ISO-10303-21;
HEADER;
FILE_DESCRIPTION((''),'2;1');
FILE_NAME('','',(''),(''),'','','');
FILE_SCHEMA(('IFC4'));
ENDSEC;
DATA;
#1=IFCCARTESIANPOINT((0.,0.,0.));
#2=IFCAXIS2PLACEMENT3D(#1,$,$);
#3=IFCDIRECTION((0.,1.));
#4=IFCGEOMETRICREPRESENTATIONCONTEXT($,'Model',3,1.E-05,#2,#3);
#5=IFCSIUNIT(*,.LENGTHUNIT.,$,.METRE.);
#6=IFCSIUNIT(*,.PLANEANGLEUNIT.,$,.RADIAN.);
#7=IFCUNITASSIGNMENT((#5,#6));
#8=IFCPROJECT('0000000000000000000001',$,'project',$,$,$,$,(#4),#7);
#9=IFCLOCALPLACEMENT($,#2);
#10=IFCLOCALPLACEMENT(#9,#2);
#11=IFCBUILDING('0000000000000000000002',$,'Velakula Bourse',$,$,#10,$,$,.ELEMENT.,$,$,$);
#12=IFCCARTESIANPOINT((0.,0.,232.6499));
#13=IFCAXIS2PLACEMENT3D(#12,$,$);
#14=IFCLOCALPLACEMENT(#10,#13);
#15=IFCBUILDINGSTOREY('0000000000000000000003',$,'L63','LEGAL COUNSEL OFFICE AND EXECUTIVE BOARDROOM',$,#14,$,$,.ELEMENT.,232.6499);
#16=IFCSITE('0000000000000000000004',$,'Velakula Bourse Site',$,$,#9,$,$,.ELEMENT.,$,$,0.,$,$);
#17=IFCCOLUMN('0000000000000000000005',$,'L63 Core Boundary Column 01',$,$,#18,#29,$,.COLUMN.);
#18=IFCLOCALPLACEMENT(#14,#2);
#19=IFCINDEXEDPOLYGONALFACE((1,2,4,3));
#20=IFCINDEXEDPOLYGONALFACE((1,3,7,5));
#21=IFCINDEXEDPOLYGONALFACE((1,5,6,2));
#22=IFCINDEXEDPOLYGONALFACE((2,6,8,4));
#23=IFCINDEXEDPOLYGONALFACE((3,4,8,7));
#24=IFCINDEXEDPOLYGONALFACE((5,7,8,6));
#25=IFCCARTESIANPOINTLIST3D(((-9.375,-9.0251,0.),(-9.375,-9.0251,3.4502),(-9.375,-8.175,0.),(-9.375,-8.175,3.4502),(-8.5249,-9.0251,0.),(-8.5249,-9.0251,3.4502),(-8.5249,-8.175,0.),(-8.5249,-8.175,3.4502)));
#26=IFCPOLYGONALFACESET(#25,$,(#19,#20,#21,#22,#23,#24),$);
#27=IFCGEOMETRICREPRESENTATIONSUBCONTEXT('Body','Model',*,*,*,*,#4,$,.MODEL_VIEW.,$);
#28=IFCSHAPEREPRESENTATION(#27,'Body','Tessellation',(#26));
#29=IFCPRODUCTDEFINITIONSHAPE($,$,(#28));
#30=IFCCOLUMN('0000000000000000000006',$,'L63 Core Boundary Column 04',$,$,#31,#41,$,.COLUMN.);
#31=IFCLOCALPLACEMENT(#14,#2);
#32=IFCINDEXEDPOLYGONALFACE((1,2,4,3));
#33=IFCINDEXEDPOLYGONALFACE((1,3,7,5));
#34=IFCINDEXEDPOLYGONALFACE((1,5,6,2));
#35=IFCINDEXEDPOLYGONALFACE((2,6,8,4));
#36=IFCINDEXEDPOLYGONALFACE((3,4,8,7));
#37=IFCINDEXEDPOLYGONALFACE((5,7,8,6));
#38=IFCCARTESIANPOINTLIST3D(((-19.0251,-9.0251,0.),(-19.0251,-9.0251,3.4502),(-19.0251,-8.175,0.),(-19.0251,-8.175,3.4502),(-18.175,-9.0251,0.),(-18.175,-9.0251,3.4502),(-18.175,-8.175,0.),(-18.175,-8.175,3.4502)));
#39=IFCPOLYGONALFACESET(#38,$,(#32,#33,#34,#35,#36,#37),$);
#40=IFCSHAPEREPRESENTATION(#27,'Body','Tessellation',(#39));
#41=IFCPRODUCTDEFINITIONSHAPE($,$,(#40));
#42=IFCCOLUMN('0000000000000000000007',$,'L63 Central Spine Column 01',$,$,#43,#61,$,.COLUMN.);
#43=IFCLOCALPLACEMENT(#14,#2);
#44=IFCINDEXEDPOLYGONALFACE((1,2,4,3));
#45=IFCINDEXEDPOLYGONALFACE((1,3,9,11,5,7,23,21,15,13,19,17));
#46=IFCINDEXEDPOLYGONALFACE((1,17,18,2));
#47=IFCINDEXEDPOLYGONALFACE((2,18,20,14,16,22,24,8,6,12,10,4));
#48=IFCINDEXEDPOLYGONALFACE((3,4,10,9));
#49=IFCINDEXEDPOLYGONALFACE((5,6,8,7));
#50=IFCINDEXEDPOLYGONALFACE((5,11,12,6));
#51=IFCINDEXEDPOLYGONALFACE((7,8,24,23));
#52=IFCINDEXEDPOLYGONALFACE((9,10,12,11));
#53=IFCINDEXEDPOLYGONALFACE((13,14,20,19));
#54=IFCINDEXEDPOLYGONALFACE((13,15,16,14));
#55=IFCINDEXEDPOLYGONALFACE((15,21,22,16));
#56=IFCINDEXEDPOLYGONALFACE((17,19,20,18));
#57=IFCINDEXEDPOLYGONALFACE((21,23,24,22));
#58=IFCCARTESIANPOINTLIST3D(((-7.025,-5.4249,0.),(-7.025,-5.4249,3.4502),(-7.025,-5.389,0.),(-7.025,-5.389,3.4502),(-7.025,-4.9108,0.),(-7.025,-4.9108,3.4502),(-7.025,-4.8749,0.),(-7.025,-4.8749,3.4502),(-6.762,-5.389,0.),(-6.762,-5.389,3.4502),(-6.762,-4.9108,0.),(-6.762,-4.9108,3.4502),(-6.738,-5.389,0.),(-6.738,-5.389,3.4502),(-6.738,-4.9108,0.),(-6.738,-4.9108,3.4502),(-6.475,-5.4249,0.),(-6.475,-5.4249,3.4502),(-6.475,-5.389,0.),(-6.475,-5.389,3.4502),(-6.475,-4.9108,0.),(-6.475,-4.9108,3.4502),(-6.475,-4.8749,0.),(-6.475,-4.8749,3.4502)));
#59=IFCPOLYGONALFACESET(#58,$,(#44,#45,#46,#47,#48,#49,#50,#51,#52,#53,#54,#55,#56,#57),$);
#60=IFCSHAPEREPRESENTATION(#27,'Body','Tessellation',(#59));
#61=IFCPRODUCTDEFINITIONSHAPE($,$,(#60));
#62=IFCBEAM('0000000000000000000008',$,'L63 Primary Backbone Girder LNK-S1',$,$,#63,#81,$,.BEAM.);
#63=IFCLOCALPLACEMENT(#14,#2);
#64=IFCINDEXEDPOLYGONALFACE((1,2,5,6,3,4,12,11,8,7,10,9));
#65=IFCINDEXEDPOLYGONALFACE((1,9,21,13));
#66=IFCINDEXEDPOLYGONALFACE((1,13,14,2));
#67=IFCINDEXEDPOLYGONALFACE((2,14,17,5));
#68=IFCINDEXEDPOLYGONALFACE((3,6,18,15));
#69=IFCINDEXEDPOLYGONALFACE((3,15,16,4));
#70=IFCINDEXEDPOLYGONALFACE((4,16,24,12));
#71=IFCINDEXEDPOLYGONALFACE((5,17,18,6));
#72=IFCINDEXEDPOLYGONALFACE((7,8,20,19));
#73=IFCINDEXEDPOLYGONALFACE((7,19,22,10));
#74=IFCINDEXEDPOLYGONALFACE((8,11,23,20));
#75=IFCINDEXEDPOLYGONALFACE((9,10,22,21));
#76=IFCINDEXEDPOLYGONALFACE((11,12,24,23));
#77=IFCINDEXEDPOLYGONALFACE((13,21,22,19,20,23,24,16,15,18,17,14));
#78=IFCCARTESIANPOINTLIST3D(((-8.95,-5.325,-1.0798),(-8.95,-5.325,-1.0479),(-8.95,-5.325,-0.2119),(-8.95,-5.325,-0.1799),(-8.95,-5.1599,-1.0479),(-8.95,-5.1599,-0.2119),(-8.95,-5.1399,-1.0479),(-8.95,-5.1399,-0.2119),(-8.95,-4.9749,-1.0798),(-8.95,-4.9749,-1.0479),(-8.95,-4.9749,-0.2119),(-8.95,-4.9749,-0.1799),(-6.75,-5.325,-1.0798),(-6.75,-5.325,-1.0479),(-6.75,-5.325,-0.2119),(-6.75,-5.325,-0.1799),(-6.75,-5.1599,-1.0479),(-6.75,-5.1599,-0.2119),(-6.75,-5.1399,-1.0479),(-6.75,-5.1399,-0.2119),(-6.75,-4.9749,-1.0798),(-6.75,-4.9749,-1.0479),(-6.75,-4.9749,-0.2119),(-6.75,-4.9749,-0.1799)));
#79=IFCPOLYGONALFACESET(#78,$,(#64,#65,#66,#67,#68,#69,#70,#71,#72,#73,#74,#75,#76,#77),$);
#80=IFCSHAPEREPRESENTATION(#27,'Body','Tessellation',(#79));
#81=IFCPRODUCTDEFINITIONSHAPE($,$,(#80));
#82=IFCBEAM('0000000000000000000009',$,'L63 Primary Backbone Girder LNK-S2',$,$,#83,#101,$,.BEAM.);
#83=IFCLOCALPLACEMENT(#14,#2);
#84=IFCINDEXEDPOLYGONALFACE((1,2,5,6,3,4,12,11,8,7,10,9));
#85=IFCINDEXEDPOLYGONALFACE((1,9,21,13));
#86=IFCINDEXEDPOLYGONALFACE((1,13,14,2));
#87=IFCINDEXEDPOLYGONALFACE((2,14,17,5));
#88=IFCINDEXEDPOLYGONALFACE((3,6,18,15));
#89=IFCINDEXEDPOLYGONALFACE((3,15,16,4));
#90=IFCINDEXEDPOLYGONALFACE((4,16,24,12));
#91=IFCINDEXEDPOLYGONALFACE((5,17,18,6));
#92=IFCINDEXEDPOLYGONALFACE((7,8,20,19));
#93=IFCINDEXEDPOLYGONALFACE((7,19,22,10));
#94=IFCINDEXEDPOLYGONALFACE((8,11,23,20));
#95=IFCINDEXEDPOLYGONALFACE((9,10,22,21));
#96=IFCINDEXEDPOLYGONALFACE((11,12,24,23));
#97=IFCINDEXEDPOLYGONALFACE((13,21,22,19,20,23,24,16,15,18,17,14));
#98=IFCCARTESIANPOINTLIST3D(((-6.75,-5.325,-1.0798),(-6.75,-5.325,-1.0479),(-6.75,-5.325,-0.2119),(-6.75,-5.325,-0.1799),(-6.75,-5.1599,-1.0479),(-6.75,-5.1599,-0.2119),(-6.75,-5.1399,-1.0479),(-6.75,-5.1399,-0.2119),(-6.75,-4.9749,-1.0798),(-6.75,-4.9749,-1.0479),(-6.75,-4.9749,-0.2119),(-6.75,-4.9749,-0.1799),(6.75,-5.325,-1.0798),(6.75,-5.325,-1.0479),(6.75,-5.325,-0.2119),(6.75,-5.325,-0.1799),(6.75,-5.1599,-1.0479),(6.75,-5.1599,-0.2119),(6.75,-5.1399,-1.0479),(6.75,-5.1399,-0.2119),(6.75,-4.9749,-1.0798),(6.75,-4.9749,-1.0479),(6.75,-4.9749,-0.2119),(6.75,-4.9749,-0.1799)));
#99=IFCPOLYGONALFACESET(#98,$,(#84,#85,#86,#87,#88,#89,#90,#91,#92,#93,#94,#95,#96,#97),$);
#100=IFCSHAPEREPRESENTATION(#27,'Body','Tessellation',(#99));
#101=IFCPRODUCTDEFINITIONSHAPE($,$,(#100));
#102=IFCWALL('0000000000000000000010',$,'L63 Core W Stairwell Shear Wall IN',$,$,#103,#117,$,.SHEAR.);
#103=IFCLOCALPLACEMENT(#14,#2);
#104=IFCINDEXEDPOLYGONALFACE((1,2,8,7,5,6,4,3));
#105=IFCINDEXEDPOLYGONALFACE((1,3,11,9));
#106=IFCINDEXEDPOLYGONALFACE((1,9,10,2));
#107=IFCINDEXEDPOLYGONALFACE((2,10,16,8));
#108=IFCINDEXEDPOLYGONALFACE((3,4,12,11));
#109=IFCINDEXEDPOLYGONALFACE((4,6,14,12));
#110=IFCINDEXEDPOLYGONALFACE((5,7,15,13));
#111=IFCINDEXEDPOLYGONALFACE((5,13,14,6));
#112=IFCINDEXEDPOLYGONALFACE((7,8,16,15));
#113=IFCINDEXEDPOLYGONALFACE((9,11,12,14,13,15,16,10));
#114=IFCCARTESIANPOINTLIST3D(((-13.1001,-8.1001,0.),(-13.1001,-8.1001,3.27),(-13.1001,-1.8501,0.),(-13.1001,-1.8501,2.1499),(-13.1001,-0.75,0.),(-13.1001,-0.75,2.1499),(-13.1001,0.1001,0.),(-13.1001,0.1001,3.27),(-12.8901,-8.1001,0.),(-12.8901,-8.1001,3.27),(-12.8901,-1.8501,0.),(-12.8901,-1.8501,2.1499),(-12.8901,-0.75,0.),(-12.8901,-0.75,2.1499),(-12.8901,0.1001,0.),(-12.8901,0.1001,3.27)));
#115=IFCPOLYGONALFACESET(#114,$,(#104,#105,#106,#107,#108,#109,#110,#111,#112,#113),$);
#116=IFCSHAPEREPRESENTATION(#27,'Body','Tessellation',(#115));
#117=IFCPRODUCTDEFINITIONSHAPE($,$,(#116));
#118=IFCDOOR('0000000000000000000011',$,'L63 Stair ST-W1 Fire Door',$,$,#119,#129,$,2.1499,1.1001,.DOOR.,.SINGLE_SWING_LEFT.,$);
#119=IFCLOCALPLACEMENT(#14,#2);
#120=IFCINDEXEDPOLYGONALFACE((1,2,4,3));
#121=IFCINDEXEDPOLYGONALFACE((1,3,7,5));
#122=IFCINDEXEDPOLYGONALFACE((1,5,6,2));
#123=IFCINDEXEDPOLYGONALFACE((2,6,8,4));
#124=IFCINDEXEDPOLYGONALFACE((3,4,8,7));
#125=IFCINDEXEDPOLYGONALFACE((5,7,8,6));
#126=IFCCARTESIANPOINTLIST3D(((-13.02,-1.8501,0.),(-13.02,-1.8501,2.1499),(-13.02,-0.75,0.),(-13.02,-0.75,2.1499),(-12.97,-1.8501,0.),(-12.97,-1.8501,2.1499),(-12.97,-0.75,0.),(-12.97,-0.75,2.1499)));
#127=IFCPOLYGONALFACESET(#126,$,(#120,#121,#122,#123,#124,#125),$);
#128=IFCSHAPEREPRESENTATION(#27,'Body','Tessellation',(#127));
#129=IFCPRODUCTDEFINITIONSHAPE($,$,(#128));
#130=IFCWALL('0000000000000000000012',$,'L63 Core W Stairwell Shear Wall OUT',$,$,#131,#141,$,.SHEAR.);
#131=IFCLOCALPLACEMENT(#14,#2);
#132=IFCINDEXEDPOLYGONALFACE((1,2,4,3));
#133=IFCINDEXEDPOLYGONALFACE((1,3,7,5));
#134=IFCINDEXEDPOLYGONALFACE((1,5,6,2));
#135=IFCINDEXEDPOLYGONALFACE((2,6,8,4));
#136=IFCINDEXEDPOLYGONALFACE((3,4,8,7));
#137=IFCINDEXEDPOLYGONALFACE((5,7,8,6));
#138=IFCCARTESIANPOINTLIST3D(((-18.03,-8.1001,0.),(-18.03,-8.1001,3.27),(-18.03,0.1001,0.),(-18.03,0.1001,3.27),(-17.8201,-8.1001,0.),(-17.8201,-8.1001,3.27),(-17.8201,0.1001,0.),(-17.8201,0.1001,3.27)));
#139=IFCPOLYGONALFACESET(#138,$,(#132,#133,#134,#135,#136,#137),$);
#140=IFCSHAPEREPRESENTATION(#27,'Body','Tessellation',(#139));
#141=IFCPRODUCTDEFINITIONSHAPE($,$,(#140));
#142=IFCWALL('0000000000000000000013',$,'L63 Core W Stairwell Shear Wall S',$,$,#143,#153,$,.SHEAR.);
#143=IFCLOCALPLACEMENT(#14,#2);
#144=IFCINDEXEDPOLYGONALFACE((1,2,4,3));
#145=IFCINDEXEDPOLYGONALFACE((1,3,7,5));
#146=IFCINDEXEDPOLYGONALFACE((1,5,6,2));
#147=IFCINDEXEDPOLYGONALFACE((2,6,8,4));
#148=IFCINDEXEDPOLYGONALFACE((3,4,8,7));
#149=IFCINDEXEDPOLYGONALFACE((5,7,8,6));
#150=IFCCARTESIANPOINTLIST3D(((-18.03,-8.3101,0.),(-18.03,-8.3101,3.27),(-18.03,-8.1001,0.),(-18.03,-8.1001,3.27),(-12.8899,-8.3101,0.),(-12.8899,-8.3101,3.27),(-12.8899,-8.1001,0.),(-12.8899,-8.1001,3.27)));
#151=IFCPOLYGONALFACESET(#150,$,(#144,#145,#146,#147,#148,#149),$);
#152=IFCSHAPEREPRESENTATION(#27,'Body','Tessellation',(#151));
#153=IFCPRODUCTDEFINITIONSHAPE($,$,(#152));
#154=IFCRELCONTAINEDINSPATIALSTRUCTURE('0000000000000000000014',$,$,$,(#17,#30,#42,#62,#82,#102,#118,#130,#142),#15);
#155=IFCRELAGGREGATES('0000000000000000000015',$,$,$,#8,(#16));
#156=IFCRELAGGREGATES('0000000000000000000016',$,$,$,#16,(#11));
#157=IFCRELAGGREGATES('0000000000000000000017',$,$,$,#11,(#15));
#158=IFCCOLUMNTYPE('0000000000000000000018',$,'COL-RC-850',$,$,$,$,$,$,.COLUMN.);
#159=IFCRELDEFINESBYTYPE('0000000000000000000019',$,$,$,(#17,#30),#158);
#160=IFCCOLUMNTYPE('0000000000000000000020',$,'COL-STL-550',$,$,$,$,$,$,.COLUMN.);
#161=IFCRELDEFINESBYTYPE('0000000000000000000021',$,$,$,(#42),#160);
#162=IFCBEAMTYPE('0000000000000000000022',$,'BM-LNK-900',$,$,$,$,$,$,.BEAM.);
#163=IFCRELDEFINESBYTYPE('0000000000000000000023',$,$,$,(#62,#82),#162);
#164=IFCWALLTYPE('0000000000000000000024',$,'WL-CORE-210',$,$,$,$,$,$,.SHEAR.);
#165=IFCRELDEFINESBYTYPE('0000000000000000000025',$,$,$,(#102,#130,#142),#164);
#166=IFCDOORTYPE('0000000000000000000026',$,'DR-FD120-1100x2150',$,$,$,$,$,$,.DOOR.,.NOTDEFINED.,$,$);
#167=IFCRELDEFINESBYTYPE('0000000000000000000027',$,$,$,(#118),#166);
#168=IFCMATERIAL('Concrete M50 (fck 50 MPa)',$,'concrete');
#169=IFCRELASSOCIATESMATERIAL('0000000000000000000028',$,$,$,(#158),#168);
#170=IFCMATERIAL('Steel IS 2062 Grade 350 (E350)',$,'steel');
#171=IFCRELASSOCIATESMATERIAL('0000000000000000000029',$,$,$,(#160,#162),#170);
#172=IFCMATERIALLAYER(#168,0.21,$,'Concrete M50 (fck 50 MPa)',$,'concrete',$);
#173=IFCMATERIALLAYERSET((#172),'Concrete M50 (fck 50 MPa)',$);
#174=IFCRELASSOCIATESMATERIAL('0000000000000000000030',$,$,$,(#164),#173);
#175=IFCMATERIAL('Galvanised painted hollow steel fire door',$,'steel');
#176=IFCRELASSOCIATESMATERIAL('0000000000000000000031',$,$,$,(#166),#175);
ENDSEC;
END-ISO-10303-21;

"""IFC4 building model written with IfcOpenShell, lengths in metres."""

from ifc_helpers import new_model, si_unit, direction, frame, frame_2d, origin, origin_2d, place, context, subcontext, project, spatial, rectangle, i_section, extrude, material, layer, layer_set, material_profile, profile_set, type_object, element, fill, save


model = new_model("IFC4")

# Units and contexts
model_context = context("Model", 3, precision=1e-05, world=origin(), true_north=direction((0.0, 1.0)))
body_context = subcontext(model_context, "Body", "Model", "MODEL_VIEW")
ifc_project = project(units=[si_unit("LENGTHUNIT", "METRE"), si_unit("PLANEANGLEUNIT", "RADIAN")], contexts=[model_context])

# Site, building, storey
site_placement = place(None, origin())
site = spatial("IfcSite", under=ifc_project, at=site_placement, Name="Velakula Bourse Site", CompositionType="ELEMENT", RefElevation=0.0)
building_placement = place(site_placement, origin())
building = spatial("IfcBuilding", under=site, at=building_placement, Name="Velakula Bourse", CompositionType="ELEMENT")
storey_placement = place(building_placement, frame((0.0, 0.0, 232.6499)))
storey = spatial("IfcBuildingStorey", under=building, at=storey_placement, Name="L63", Description="LEGAL COUNSEL OFFICE AND EXECUTIVE BOARDROOM", CompositionType="ELEMENT", Elevation=232.6499)

# Columns
ifc_material_1 = material(Name="Concrete M50 (fck 50 MPa)", Category="concrete")
ifc_material_profile_1 = material_profile(ifc_material_1, rectangle(XDim=0.8501, YDim=0.8501, at=origin_2d()), Name="Concrete M50 (fck 50 MPa)")
ifc_profile_set_1 = profile_set([ifc_material_profile_1], Name="Concrete M50 (fck 50 MPa)")
column_type_1 = type_object("IfcColumnType", Name="COL-RC-850", PredefinedType="COLUMN", material=ifc_profile_set_1)
for number, where, z_axis, x_axis, name in (
    (1, (-8.95, -8.6001, 0.0), (0.0, 0.0, 1.0), (1.0, 0.0, 0.0), "L63 Core Boundary Column 01"),
    (2, (-18.6001, -8.6001, 0.0), (0.0, 0.0, 1.0), (1.0, 0.0, 0.0), "L63 Core Boundary Column 04"),
):
    element("IfcColumn", number, at=place(storey_placement, frame(where, z_axis=z_axis, x_axis=x_axis)), inside=storey, type_object=column_type_1, Name=name, PredefinedType="COLUMN", context=body_context, shape_type="SweptSolid", body=[
        extrude(rectangle(XDim=0.8501, YDim=0.8501, at=origin_2d()), origin(), (0.0, 0.0, 1.0), 3.4502),
    ])
ifc_material_2 = material(Name="Steel IS 2062 Grade 350 (E350)", Category="steel")
ifc_material_profile_2 = material_profile(ifc_material_2, i_section(OverallWidth=0.55, OverallDepth=0.55, WebThickness=0.0239, FlangeThickness=0.0359, at=origin_2d()), Name="Steel IS 2062 Grade 350 (E350)")
ifc_profile_set_2 = profile_set([ifc_material_profile_2], Name="Steel IS 2062 Grade 350 (E350)")
column_type_2 = type_object("IfcColumnType", Name="COL-STL-550", PredefinedType="COLUMN", material=ifc_profile_set_2)
column_placement = place(storey_placement, frame((-6.75, -5.1499, 0.0), z_axis=(0.0, 0.0, 1.0), x_axis=(1.0, 0.0, 0.0)))
element("IfcColumn", 3, at=column_placement, inside=storey, type_object=column_type_2, Name="L63 Central Spine Column 01", PredefinedType="COLUMN", context=body_context, shape_type="SweptSolid", body=[
    extrude(i_section(OverallWidth=0.55, OverallDepth=0.55, WebThickness=0.0239, FlangeThickness=0.0359, at=origin_2d()), origin(), (0.0, 0.0, 1.0), 3.4502),
])

# Beams
ifc_material_profile_3 = material_profile(ifc_material_2, i_section(OverallWidth=0.3501, OverallDepth=0.8999, WebThickness=0.02, FlangeThickness=0.032, at=origin_2d()), Name="Steel IS 2062 Grade 350 (E350)")
ifc_profile_set_3 = profile_set([ifc_material_profile_3], Name="Steel IS 2062 Grade 350 (E350)")
beam_type = type_object("IfcBeamType", Name="BM-LNK-900", PredefinedType="BEAM", material=ifc_profile_set_3)
beam_1_placement = place(storey_placement, frame((-8.95, -5.1499, -0.6299), z_axis=(1.0, 0.0, 0.0), x_axis=(0.0, 1.0, 0.0)))
element("IfcBeam", 4, at=beam_1_placement, inside=storey, type_object=beam_type, Name="L63 Primary Backbone Girder LNK-S1", PredefinedType="BEAM", context=body_context, shape_type="SweptSolid", body=[
    extrude(i_section(OverallWidth=0.3501, OverallDepth=0.8999, WebThickness=0.02, FlangeThickness=0.032, at=origin_2d()), origin(), (0.0, 0.0, 1.0), 2.2),
])
beam_2_placement = place(storey_placement, frame((-6.75, -5.1499, -0.6299), z_axis=(1.0, 0.0, 0.0), x_axis=(0.0, 1.0, 0.0)))
element("IfcBeam", 5, at=beam_2_placement, inside=storey, type_object=beam_type, Name="L63 Primary Backbone Girder LNK-S2", PredefinedType="BEAM", context=body_context, shape_type="SweptSolid", body=[
    extrude(i_section(OverallWidth=0.3501, OverallDepth=0.8999, WebThickness=0.02, FlangeThickness=0.032, at=origin_2d()), origin(), (0.0, 0.0, 1.0), 13.5),
])

# Wall, opening, door
ifc_layer_1 = layer(ifc_material_1, 0.21, Name="Concrete M50 (fck 50 MPa)", Category="concrete")
ifc_layer_set_1 = layer_set([ifc_layer_1], Name="Concrete M50 (fck 50 MPa)")
wall_type_1 = type_object("IfcWallType", Name="WL-CORE-210", PredefinedType="SHEAR", material=ifc_layer_set_1)
wall_1_placement = place(storey_placement, frame((-12.9951, -8.1001, 0.0), z_axis=(0.0, 0.0, 1.0), x_axis=(0.0, 1.0, 0.0)))
wall_1 = element("IfcWall", 6, at=wall_1_placement, inside=storey, type_object=wall_type_1, Name="L63 Core W Stairwell Shear Wall IN", PredefinedType="SHEAR", context=body_context, shape_type="SweptSolid", body=[
    extrude(rectangle(XDim=8.2002, YDim=0.21, at=frame_2d((4.1001, 0.0))), origin(), (0.0, 0.0, 1.0), 3.27),
])
opening_1_placement = place(wall_1_placement, frame((6.25, 0.0, 0.0)))
opening_1 = element("IfcOpeningElement", 7, at=opening_1_placement, cuts=wall_1, PredefinedType="OPENING", context=body_context, shape_type="SweptSolid", body=[
    extrude(rectangle(XDim=1.1001, YDim=2.1499, at=frame_2d((0.55, 1.075))), frame((0.0, 0.115, 0.0), z_axis=(0.0, -1.0, 0.0), x_axis=(1.0, 0.0, 0.0)), (0.0, 0.0, 1.0), 0.23),
])
ifc_material_3 = material(Name="Galvanised painted hollow steel fire door", Category="steel")
door_type_1 = type_object("IfcDoorType", Name="DR-FD120-1100x2150", OperationType="NOTDEFINED", PredefinedType="DOOR", material=ifc_material_3)
door_1_placement = place(opening_1_placement, origin())
door_1 = element("IfcDoor", 8, at=door_1_placement, inside=storey, type_object=door_type_1, Name="L63 Stair ST-W1 Fire Door", OperationType="SINGLE_SWING_LEFT", OverallHeight=2.1499, OverallWidth=1.1001, PredefinedType="DOOR", context=body_context, shape_type="SweptSolid", body=[
    extrude(rectangle(XDim=1.1001, YDim=2.1499, at=frame_2d((0.55, 1.075))), frame((0.0, 0.0249, 0.0), z_axis=(0.0, -1.0, 0.0), x_axis=(1.0, 0.0, 0.0)), (0.0, 0.0, 1.0), 0.05),
])
fill(opening_1, door_1)

# Walls
wall_2_placement = place(storey_placement, frame((-17.925, -8.1001, 0.0), z_axis=(0.0, 0.0, 1.0), x_axis=(0.0, 1.0, 0.0)))
element("IfcWall", 9, at=wall_2_placement, inside=storey, type_object=wall_type_1, Name="L63 Core W Stairwell Shear Wall OUT", PredefinedType="SHEAR", context=body_context, shape_type="SweptSolid", body=[
    extrude(rectangle(XDim=8.2002, YDim=0.21, at=frame_2d((4.1001, 0.0))), origin(), (0.0, 0.0, 1.0), 3.27),
])
wall_3_placement = place(storey_placement, frame((-18.03, -8.2051, 0.0), z_axis=(0.0, 0.0, 1.0), x_axis=(1.0, 0.0, 0.0)))
element("IfcWall", 10, at=wall_3_placement, inside=storey, type_object=wall_type_1, Name="L63 Core W Stairwell Shear Wall S", PredefinedType="SHEAR", context=body_context, shape_type="SweptSolid", body=[
    extrude(rectangle(XDim=5.1401, YDim=0.21, at=frame_2d((2.5701, 0.0))), origin(), (0.0, 0.0, 1.0), 3.27),
])

save(model, "model.ifc")
